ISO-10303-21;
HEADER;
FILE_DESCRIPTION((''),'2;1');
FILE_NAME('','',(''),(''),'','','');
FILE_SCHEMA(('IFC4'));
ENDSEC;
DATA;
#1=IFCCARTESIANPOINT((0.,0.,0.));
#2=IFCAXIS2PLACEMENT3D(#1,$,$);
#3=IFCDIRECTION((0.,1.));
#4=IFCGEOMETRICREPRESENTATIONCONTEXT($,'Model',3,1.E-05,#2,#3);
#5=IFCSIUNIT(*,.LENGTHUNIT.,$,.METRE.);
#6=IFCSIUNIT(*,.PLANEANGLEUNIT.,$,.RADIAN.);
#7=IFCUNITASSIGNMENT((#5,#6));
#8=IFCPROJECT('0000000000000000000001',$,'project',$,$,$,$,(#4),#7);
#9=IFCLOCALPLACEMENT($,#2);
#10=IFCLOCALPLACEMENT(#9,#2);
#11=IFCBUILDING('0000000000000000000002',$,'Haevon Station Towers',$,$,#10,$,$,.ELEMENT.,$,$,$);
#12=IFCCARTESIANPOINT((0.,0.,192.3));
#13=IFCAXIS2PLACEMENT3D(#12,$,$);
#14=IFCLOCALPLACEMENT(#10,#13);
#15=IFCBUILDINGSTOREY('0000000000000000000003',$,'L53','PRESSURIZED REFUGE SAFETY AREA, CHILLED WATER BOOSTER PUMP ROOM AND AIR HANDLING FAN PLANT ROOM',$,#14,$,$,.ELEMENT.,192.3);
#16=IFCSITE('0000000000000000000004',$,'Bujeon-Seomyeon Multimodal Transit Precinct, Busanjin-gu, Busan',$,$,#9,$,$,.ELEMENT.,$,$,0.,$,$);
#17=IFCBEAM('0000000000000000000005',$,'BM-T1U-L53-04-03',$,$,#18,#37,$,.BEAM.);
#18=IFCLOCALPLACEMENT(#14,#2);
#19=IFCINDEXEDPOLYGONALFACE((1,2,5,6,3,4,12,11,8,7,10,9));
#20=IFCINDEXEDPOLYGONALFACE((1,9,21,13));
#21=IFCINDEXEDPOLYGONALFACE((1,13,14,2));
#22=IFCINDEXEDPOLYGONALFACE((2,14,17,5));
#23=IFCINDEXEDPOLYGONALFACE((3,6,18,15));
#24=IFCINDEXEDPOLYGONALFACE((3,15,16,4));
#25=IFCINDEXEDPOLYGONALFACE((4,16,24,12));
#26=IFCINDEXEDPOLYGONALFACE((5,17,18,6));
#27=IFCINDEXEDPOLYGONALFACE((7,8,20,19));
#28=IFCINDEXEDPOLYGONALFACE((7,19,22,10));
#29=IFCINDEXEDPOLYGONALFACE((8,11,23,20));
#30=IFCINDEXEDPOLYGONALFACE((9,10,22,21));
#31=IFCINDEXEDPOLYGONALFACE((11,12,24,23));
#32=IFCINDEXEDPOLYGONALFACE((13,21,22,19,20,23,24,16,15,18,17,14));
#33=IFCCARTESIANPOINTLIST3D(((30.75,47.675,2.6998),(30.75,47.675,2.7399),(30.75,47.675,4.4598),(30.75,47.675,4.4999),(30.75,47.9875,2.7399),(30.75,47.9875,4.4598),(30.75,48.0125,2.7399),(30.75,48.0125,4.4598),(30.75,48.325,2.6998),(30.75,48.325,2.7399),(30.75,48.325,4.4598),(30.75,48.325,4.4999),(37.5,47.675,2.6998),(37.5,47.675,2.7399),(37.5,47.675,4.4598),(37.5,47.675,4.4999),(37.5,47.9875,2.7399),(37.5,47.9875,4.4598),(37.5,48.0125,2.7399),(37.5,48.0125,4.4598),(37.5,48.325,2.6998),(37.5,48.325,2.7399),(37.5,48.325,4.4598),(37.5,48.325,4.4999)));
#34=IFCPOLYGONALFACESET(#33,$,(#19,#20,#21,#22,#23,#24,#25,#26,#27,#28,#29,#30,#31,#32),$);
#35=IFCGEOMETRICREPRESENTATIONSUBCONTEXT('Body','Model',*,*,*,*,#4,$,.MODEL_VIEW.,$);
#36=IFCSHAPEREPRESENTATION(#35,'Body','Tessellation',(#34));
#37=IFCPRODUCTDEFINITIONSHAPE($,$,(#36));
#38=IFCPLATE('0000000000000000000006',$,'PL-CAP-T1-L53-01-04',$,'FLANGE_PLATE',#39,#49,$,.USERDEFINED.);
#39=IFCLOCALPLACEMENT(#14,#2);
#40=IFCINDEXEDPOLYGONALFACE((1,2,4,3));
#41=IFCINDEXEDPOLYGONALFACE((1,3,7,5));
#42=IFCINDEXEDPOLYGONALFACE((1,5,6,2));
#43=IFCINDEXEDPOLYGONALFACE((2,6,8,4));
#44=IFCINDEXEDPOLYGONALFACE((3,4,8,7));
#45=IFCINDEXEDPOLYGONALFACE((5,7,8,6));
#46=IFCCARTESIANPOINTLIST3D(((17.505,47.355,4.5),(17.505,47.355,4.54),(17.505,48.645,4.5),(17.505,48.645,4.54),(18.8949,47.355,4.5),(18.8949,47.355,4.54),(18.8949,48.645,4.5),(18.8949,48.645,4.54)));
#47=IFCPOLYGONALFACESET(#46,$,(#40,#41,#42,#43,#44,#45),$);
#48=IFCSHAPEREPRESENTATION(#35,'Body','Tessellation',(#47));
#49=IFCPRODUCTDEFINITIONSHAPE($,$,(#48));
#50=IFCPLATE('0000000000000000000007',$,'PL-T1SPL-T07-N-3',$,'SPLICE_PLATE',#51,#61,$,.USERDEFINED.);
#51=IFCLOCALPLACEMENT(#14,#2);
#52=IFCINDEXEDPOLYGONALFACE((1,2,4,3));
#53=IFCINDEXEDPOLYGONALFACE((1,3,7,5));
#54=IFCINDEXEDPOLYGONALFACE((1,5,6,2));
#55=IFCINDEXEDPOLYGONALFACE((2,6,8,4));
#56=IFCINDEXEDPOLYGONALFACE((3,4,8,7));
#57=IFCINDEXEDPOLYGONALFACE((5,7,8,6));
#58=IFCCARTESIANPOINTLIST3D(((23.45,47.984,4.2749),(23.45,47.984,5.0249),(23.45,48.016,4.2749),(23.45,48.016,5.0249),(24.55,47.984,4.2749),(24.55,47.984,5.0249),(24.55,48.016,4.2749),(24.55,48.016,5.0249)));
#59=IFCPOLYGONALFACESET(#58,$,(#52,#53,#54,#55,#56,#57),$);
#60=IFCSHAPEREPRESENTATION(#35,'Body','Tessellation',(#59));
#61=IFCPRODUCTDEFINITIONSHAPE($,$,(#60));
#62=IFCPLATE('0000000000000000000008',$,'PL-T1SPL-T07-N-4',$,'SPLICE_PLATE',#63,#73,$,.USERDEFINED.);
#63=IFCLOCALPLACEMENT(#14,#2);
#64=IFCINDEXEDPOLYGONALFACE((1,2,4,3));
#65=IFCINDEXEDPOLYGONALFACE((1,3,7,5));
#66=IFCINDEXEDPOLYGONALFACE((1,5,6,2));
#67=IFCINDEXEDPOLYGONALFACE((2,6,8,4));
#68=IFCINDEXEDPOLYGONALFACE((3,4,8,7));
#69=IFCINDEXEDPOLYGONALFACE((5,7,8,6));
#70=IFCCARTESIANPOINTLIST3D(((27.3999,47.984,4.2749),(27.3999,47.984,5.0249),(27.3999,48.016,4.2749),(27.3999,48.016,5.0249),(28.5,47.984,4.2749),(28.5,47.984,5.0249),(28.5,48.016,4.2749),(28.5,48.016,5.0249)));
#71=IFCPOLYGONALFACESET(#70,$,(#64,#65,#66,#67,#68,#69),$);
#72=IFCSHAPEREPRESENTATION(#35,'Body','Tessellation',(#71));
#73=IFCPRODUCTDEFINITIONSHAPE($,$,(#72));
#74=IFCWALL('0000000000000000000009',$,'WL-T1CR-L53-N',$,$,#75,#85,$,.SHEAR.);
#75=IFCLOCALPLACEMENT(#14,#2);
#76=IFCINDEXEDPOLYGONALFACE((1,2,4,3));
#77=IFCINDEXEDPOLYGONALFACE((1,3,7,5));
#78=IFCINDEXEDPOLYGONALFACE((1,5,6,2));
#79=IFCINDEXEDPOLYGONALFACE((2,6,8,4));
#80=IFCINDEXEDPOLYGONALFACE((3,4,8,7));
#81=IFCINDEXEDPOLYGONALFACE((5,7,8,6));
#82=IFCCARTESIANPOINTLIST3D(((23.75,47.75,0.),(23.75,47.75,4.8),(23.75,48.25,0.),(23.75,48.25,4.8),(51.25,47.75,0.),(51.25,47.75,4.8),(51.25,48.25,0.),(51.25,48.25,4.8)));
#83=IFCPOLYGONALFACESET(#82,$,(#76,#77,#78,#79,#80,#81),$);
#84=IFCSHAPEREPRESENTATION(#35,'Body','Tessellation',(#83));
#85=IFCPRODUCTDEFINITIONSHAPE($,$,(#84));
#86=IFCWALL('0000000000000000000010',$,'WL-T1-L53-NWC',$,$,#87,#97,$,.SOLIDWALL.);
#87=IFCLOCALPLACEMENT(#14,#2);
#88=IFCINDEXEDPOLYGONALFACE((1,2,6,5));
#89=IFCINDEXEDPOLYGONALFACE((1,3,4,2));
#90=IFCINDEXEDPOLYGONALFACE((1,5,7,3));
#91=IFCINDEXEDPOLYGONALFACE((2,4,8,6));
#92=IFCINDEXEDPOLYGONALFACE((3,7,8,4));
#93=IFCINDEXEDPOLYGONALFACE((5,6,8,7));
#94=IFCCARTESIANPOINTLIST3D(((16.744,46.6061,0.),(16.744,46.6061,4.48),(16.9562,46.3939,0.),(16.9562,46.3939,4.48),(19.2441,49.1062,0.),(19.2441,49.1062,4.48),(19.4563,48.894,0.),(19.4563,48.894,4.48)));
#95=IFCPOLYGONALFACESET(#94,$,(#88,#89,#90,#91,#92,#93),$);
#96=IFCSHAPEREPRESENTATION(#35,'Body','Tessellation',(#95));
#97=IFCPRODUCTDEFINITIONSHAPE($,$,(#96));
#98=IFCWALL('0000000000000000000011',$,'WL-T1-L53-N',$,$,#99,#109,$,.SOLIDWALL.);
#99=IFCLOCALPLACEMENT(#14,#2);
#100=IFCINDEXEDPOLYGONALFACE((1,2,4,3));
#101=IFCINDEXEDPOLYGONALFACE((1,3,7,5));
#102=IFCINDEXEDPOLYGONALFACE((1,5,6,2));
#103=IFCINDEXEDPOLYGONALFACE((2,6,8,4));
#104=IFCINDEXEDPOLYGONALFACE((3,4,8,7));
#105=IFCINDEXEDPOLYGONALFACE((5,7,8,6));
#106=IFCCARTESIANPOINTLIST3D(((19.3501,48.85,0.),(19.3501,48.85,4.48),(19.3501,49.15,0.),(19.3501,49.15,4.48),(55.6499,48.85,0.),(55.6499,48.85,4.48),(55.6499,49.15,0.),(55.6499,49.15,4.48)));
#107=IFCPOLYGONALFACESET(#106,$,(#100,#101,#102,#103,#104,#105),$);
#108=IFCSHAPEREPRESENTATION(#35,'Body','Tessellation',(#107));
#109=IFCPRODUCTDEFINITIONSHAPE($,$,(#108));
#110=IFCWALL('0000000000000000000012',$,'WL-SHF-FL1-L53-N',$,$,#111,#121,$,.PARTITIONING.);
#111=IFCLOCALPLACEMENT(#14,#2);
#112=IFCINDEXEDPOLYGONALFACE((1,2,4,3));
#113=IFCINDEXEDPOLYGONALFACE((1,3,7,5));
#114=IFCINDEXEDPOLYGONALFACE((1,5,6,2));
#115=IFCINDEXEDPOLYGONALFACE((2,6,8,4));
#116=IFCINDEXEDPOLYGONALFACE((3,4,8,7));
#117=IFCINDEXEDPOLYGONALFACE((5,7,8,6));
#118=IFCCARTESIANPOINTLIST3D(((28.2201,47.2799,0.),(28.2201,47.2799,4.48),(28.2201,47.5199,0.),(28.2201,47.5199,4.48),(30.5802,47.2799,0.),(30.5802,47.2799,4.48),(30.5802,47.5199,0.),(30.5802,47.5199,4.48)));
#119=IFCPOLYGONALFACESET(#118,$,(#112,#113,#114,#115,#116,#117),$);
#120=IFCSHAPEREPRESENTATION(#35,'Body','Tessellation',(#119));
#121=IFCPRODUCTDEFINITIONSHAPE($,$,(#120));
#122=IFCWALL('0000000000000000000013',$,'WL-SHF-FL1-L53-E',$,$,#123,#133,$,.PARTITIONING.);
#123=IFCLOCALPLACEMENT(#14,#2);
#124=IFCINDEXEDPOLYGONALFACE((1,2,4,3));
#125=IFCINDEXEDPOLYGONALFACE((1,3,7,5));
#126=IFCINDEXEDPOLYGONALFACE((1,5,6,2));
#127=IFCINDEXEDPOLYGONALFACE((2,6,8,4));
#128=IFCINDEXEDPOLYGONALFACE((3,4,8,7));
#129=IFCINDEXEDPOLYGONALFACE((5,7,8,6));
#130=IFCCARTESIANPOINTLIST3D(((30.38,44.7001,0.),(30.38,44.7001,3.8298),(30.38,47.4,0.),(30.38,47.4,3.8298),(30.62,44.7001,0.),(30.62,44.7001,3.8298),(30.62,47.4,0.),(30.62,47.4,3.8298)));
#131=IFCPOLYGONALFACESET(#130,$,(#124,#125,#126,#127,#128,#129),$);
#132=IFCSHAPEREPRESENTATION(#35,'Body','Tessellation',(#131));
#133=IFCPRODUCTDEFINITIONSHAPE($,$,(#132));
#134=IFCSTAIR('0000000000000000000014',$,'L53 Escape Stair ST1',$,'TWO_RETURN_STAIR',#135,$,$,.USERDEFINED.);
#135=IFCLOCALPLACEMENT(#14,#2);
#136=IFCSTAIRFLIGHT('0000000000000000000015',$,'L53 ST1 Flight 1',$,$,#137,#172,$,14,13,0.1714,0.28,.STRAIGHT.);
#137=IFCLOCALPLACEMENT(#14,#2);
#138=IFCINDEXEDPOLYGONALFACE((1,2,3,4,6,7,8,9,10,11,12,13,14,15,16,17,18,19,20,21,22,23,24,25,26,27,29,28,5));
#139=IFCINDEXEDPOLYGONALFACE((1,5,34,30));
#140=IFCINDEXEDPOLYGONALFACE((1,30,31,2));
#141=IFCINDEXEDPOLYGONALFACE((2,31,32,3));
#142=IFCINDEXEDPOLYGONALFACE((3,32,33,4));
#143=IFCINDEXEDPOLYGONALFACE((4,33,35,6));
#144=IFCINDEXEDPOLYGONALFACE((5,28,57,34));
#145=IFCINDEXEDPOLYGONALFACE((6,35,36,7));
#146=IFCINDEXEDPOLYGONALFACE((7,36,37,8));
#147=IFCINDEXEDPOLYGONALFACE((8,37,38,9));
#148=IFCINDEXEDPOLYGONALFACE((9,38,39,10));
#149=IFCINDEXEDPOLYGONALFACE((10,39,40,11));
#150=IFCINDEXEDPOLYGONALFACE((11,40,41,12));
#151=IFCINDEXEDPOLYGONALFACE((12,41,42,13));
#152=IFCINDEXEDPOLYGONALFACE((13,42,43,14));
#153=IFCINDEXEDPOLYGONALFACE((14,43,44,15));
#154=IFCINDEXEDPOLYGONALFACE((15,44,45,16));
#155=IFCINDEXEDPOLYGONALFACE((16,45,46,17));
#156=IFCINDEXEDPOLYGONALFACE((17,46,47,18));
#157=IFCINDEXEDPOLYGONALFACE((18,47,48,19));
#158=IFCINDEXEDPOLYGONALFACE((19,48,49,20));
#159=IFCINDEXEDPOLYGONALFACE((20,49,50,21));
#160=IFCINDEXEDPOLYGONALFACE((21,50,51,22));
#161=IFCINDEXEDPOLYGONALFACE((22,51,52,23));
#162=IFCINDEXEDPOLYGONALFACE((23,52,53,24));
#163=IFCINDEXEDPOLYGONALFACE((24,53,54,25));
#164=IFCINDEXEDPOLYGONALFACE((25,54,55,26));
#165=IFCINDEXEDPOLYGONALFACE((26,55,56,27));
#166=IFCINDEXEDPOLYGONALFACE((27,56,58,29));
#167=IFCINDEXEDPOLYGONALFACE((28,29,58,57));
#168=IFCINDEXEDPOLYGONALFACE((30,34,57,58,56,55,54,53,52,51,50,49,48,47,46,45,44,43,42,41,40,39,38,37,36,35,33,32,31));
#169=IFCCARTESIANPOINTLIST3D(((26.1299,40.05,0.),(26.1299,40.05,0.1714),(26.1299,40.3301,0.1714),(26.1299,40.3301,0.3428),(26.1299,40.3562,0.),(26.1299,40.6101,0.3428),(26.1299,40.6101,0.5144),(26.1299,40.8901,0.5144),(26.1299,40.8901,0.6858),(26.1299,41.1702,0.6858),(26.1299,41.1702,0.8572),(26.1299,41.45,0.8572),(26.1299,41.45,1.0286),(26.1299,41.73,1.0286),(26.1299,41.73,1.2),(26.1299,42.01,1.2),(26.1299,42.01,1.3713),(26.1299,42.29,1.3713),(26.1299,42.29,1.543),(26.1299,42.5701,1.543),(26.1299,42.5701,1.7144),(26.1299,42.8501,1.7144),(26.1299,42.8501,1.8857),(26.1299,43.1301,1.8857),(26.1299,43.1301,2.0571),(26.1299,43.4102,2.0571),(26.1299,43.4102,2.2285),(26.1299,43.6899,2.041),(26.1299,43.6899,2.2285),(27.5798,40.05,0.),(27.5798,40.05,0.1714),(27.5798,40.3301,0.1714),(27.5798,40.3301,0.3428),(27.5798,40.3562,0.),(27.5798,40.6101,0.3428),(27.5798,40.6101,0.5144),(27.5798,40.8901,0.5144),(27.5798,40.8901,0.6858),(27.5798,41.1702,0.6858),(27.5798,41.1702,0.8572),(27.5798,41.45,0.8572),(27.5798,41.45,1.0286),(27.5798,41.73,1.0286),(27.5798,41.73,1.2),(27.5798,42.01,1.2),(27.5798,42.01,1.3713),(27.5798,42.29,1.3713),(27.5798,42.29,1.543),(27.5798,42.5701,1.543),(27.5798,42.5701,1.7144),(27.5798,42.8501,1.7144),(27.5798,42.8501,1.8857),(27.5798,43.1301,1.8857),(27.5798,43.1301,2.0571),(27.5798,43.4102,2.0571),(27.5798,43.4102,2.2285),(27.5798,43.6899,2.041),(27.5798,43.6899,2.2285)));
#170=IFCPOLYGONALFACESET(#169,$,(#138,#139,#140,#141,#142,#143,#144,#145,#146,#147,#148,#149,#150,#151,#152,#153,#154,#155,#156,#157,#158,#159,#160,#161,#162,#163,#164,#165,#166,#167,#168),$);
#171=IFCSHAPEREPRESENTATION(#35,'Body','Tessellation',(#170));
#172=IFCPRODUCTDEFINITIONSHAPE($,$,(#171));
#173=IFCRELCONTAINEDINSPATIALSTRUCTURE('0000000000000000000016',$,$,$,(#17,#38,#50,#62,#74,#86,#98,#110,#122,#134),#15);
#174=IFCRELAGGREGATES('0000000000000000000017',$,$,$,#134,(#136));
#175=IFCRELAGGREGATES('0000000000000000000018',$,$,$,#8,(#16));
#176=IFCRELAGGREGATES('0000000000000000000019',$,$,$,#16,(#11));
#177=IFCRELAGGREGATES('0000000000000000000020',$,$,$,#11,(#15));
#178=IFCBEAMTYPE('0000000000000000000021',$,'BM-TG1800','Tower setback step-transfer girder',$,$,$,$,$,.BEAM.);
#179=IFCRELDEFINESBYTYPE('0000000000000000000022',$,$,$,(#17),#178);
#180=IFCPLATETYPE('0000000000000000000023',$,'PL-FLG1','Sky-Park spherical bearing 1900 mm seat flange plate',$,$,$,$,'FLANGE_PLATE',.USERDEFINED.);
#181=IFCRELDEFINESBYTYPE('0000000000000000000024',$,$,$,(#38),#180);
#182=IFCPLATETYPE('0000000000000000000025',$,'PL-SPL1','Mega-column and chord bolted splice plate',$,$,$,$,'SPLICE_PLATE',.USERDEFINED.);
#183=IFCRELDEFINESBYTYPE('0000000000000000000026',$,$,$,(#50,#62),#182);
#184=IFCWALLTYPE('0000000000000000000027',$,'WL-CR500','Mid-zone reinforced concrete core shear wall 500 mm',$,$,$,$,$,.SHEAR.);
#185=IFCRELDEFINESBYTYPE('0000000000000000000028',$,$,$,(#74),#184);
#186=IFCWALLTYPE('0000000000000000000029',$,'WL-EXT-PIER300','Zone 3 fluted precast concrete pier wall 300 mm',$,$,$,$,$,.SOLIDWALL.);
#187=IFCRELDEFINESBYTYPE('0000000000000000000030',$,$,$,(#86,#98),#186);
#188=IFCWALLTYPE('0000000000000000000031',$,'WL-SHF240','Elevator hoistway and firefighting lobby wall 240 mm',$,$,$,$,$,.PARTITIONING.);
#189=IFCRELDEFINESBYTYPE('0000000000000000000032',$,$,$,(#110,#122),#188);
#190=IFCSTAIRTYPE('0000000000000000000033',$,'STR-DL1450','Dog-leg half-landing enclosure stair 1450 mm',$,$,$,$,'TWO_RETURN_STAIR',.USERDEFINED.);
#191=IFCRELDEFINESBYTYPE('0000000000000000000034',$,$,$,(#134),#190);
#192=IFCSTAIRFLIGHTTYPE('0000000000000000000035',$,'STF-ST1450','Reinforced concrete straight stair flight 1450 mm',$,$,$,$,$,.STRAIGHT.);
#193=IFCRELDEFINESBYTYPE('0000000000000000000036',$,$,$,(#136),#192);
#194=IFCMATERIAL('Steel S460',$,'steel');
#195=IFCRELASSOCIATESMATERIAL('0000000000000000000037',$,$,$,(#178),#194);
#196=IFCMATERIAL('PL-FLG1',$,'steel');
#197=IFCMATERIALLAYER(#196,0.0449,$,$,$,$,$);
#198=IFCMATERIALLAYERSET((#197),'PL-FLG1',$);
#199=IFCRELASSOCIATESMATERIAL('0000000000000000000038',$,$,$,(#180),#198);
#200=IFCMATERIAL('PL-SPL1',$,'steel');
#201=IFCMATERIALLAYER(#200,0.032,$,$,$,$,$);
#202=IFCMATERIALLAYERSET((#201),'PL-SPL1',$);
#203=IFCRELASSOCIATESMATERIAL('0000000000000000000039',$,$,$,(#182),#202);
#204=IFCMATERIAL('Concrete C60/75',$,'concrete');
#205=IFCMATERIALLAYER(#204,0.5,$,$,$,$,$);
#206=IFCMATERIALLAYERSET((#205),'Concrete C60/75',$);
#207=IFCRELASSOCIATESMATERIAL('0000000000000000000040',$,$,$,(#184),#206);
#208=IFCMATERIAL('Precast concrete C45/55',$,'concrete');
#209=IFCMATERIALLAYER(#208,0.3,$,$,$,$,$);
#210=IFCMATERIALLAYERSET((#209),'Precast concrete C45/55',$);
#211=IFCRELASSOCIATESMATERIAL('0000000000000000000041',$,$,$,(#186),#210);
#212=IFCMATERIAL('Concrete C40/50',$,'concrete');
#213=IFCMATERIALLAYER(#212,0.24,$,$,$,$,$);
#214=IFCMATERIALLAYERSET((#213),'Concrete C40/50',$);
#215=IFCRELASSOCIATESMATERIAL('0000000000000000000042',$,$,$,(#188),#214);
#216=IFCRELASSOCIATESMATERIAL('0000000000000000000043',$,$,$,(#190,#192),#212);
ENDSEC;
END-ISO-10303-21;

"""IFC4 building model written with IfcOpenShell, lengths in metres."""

from ifc_helpers import new_model, si_unit, direction, frame, frame_2d, origin, origin_2d, place, context, subcontext, project, spatial, polyline, rectangle, i_section, outline, extrude, material, layer, layer_set, material_profile, profile_set, type_object, element, aggregate, save


model = new_model("IFC4")

# Units and contexts
model_context = context("Model", 3, precision=1e-05, world=origin(), true_north=direction((0.0, 1.0)))
body_context = subcontext(model_context, "Body", "Model", "MODEL_VIEW")
ifc_project = project(units=[si_unit("LENGTHUNIT", "METRE"), si_unit("PLANEANGLEUNIT", "RADIAN")], contexts=[model_context])

# Site, building, storey
site_placement = place(None, origin())
site = spatial("IfcSite", under=ifc_project, at=site_placement, Name="Bujeon-Seomyeon Multimodal Transit Precinct, Busanjin-gu, Busan", CompositionType="ELEMENT", RefElevation=0.0)
building_placement = place(site_placement, origin())
building = spatial("IfcBuilding", under=site, at=building_placement, Name="Haevon Station Towers", CompositionType="ELEMENT")
storey_placement = place(building_placement, frame((0.0, 0.0, 192.3)))
storey = spatial("IfcBuildingStorey", under=building, at=storey_placement, Name="L53", Description="PRESSURIZED REFUGE SAFETY AREA, CHILLED WATER BOOSTER PUMP ROOM AND AIR HANDLING FAN PLANT ROOM", CompositionType="ELEMENT", Elevation=192.3)

# Shared definitions
ifc_material_1 = material(Name="Steel S460", Category="steel")

# Beam
ifc_material_profile_1 = material_profile(ifc_material_1, i_section(OverallWidth=0.6499, OverallDepth=1.8, WebThickness=0.0249, FlangeThickness=0.04, at=origin_2d()), Name="H-1800x650x25x40")
ifc_profile_set_1 = profile_set([ifc_material_profile_1], Name="Steel S460")
beam_type_1 = type_object("IfcBeamType", Name="BM-TG1800", Description="Tower setback step-transfer girder", PredefinedType="BEAM", material=ifc_profile_set_1)
for number, where, z_axis, x_axis, name in (
    (1, (30.75, 48.0, 3.5999), (1.0, 0.0, 0.0), (0.0, 1.0, 0.0), "BM-T1U-L53-04-03"),
):
    element("IfcBeam", number, at=place(storey_placement, frame(where, z_axis=z_axis, x_axis=x_axis)), inside=storey, type_object=beam_type_1, Name=name, PredefinedType="BEAM", context=body_context, shape_type="SweptSolid", body=[
        extrude(i_section(OverallWidth=0.6499, OverallDepth=1.8, WebThickness=0.0249, FlangeThickness=0.04, at=origin_2d()), origin(), (0.0, 0.0, 1.0), 6.75),
    ])

# Plates
ifc_material_2 = material(Name="PL-FLG1", Category="steel")
ifc_layer_1 = layer(ifc_material_2, 0.0449)
ifc_layer_set_1 = layer_set([ifc_layer_1], Name="PL-FLG1")
plate_type_1 = type_object("IfcPlateType", Name="PL-FLG1", Description="Sky-Park spherical bearing 1900 mm seat flange plate", ElementType="FLANGE_PLATE", PredefinedType="USERDEFINED", material=ifc_layer_set_1)
plate_placement = place(storey_placement, frame((18.2, 48.0, 4.5), z_axis=(0.0, 0.0, 1.0), x_axis=(1.0, 0.0, 0.0)))
element("IfcPlate", 2, at=plate_placement, inside=storey, type_object=plate_type_1, Name="PL-CAP-T1-L53-01-04", ObjectType="FLANGE_PLATE", PredefinedType="USERDEFINED", context=body_context, shape_type="SweptSolid", body=[
    extrude(rectangle(XDim=1.3899, YDim=1.29, at=origin_2d()), origin(), (0.0, 0.0, 1.0), 0.04),
])
ifc_material_3 = material(Name="PL-SPL1", Category="steel")
ifc_layer_2 = layer(ifc_material_3, 0.032)
ifc_layer_set_2 = layer_set([ifc_layer_2], Name="PL-SPL1")
plate_type_2 = type_object("IfcPlateType", Name="PL-SPL1", Description="Mega-column and chord bolted splice plate", ElementType="SPLICE_PLATE", PredefinedType="USERDEFINED", material=ifc_layer_set_2)
for number, where, z_axis, x_axis, name in (
    (3, (24.0, 48.0, 4.2749), (0.0, 0.0, 1.0), (1.0, 0.0, 0.0), "PL-T1SPL-T07-N-3"),
    (4, (27.95, 48.0, 4.2749), (0.0, 0.0, 1.0), (1.0, 0.0, 0.0), "PL-T1SPL-T07-N-4"),
):
    element("IfcPlate", number, at=place(storey_placement, frame(where, z_axis=z_axis, x_axis=x_axis)), inside=storey, type_object=plate_type_2, Name=name, ObjectType="SPLICE_PLATE", PredefinedType="USERDEFINED", context=body_context, shape_type="SweptSolid", body=[
        extrude(rectangle(XDim=1.1001, YDim=0.032, at=origin_2d()), origin(), (0.0, 0.0, 1.0), 0.75),
    ])

# Walls
ifc_material_4 = material(Name="Concrete C60/75", Category="concrete")
ifc_layer_3 = layer(ifc_material_4, 0.5)
ifc_layer_set_3 = layer_set([ifc_layer_3], Name="Concrete C60/75")
wall_type_1 = type_object("IfcWallType", Name="WL-CR500", Description="Mid-zone reinforced concrete core shear wall 500 mm", PredefinedType="SHEAR", material=ifc_layer_set_3)
wall_1_placement = place(storey_placement, frame((23.75, 48.0, 0.0), z_axis=(0.0, 0.0, 1.0), x_axis=(1.0, 0.0, 0.0)))
element("IfcWall", 5, at=wall_1_placement, inside=storey, type_object=wall_type_1, Name="WL-T1CR-L53-N", PredefinedType="SHEAR", context=body_context, shape_type="SweptSolid", body=[
    extrude(rectangle(XDim=27.5, YDim=0.5, at=frame_2d((13.75, 0.0))), origin(), (0.0, 0.0, 1.0), 4.8),
])
ifc_material_5 = material(Name="Precast concrete C45/55", Category="concrete")
ifc_layer_4 = layer(ifc_material_5, 0.3)
ifc_layer_set_4 = layer_set([ifc_layer_4], Name="Precast concrete C45/55")
wall_type_2 = type_object("IfcWallType", Name="WL-EXT-PIER300", Description="Zone 3 fluted precast concrete pier wall 300 mm", PredefinedType="SOLIDWALL", material=ifc_layer_set_4)
wall_2_placement = place(storey_placement, frame((16.8501, 46.5, 0.0), z_axis=(0.0, 0.0, 1.0), x_axis=(0.707107, 0.707107, 0.0)))
element("IfcWall", 6, at=wall_2_placement, inside=storey, type_object=wall_type_2, Name="WL-T1-L53-NWC", PredefinedType="SOLIDWALL", context=body_context, shape_type="SweptSolid", body=[
    extrude(rectangle(XDim=3.5356, YDim=0.3, at=frame_2d((1.7678, 0.0))), origin(), (0.0, 0.0, 1.0), 4.48),
])
wall_3_placement = place(storey_placement, frame((19.3501, 49.0, 0.0), z_axis=(0.0, 0.0, 1.0), x_axis=(1.0, 0.0, 0.0)))
element("IfcWall", 7, at=wall_3_placement, inside=storey, type_object=wall_type_2, Name="WL-T1-L53-N", PredefinedType="SOLIDWALL", context=body_context, shape_type="SweptSolid", body=[
    extrude(rectangle(XDim=36.2998, YDim=0.3, at=frame_2d((18.1499, 0.0))), origin(), (0.0, 0.0, 1.0), 4.48),
])

# Shared definitions
ifc_material_6 = material(Name="Concrete C40/50", Category="concrete")
ifc_layer_5 = layer(ifc_material_6, 0.24)
ifc_layer_set_5 = layer_set([ifc_layer_5], Name="Concrete C40/50")
wall_type_3 = type_object("IfcWallType", Name="WL-SHF240", Description="Elevator hoistway and firefighting lobby wall 240 mm", PredefinedType="PARTITIONING", material=ifc_layer_set_5)

# Walls
wall_4_placement = place(storey_placement, frame((28.22, 47.3999, 0.0), z_axis=(0.0, 0.0, 1.0), x_axis=(1.0, 0.0, 0.0)))
element("IfcWall", 8, at=wall_4_placement, inside=storey, type_object=wall_type_3, Name="WL-SHF-FL1-L53-N", PredefinedType="PARTITIONING", context=body_context, shape_type="SweptSolid", body=[
    extrude(rectangle(XDim=2.3601, YDim=0.24, at=frame_2d((1.1802, 0.0))), origin(), (0.0, 0.0, 1.0), 4.48),
])
wall_5_placement = place(storey_placement, frame((30.5, 44.7, 0.0), z_axis=(0.0, 0.0, 1.0), x_axis=(0.0, 1.0, 0.0)))
element("IfcWall", 9, at=wall_5_placement, inside=storey, type_object=wall_type_3, Name="WL-SHF-FL1-L53-E", PredefinedType="PARTITIONING", context=body_context, shape_type="SweptSolid", body=[
    extrude(rectangle(XDim=2.7, YDim=0.24, at=frame_2d((1.3501, 0.0))), origin(), (0.0, 0.0, 1.0), 3.8298),
])

# Stair, stair flight
stair_type = type_object("IfcStairType", Name="STR-DL1450", Description="Dog-leg half-landing enclosure stair 1450 mm", ElementType="TWO_RETURN_STAIR", PredefinedType="USERDEFINED", material=ifc_material_6)
stair_placement = place(storey_placement, origin())
stair = element("IfcStair", 10, at=stair_placement, inside=storey, type_object=stair_type, Name="L53 Escape Stair ST1", ObjectType="TWO_RETURN_STAIR", PredefinedType="USERDEFINED")
stair_flight_type = type_object("IfcStairFlightType", Name="STF-ST1450", Description="Reinforced concrete straight stair flight 1450 mm", PredefinedType="STRAIGHT", material=ifc_material_6)
stair_flight_1_placement = place(storey_placement, frame((26.855, 40.05, 0.0), z_axis=(0.0, 0.0, 1.0), x_axis=(0.0, 1.0, 0.0)))
stair_flight_1 = element("IfcStairFlight", 11, at=stair_flight_1_placement, type_object=stair_flight_type, Name="L53 ST1 Flight 1", NumberOfRisers=14, NumberOfTreads=13, PredefinedType="STRAIGHT", RiserHeight=0.1714, TreadLength=0.28, context=body_context, shape_type="SweptSolid", body=[
    extrude(outline(polyline([(0.0, 0.0), (0.0, 0.1714), (0.28, 0.1714), (0.28, 0.3428), (0.5601, 0.3428), (0.5601, 0.5144), (0.8401, 0.5144), (0.8401, 0.6858), (1.1201, 0.6858), (1.1201, 0.8572), (1.3999, 0.8572), (1.3999, 1.0286), (1.6799, 1.0286), (1.6799, 1.2), (1.96, 1.2), (1.96, 1.3713), (2.24, 1.3713), (2.24, 1.543), (2.52, 1.543), (2.52, 1.7144), (2.8, 1.7144), (2.8, 1.8857), (3.0801, 1.8857), (3.0801, 2.0571), (3.3601, 2.0571), (3.3601, 2.2285), (3.6399, 2.2285), (3.6399, 2.3999), (3.6399, 2.041), (0.3062, 0.0), (0.0, 0.0)])), frame((0.0, 0.7251, 0.0), z_axis=(0.0, -1.0, 0.0), x_axis=(1.0, 0.0, 0.0)), (0.0, 0.0, 1.0), 1.45),
])
aggregate(stair, [stair_flight_1])

save(model, "model.ifc")
